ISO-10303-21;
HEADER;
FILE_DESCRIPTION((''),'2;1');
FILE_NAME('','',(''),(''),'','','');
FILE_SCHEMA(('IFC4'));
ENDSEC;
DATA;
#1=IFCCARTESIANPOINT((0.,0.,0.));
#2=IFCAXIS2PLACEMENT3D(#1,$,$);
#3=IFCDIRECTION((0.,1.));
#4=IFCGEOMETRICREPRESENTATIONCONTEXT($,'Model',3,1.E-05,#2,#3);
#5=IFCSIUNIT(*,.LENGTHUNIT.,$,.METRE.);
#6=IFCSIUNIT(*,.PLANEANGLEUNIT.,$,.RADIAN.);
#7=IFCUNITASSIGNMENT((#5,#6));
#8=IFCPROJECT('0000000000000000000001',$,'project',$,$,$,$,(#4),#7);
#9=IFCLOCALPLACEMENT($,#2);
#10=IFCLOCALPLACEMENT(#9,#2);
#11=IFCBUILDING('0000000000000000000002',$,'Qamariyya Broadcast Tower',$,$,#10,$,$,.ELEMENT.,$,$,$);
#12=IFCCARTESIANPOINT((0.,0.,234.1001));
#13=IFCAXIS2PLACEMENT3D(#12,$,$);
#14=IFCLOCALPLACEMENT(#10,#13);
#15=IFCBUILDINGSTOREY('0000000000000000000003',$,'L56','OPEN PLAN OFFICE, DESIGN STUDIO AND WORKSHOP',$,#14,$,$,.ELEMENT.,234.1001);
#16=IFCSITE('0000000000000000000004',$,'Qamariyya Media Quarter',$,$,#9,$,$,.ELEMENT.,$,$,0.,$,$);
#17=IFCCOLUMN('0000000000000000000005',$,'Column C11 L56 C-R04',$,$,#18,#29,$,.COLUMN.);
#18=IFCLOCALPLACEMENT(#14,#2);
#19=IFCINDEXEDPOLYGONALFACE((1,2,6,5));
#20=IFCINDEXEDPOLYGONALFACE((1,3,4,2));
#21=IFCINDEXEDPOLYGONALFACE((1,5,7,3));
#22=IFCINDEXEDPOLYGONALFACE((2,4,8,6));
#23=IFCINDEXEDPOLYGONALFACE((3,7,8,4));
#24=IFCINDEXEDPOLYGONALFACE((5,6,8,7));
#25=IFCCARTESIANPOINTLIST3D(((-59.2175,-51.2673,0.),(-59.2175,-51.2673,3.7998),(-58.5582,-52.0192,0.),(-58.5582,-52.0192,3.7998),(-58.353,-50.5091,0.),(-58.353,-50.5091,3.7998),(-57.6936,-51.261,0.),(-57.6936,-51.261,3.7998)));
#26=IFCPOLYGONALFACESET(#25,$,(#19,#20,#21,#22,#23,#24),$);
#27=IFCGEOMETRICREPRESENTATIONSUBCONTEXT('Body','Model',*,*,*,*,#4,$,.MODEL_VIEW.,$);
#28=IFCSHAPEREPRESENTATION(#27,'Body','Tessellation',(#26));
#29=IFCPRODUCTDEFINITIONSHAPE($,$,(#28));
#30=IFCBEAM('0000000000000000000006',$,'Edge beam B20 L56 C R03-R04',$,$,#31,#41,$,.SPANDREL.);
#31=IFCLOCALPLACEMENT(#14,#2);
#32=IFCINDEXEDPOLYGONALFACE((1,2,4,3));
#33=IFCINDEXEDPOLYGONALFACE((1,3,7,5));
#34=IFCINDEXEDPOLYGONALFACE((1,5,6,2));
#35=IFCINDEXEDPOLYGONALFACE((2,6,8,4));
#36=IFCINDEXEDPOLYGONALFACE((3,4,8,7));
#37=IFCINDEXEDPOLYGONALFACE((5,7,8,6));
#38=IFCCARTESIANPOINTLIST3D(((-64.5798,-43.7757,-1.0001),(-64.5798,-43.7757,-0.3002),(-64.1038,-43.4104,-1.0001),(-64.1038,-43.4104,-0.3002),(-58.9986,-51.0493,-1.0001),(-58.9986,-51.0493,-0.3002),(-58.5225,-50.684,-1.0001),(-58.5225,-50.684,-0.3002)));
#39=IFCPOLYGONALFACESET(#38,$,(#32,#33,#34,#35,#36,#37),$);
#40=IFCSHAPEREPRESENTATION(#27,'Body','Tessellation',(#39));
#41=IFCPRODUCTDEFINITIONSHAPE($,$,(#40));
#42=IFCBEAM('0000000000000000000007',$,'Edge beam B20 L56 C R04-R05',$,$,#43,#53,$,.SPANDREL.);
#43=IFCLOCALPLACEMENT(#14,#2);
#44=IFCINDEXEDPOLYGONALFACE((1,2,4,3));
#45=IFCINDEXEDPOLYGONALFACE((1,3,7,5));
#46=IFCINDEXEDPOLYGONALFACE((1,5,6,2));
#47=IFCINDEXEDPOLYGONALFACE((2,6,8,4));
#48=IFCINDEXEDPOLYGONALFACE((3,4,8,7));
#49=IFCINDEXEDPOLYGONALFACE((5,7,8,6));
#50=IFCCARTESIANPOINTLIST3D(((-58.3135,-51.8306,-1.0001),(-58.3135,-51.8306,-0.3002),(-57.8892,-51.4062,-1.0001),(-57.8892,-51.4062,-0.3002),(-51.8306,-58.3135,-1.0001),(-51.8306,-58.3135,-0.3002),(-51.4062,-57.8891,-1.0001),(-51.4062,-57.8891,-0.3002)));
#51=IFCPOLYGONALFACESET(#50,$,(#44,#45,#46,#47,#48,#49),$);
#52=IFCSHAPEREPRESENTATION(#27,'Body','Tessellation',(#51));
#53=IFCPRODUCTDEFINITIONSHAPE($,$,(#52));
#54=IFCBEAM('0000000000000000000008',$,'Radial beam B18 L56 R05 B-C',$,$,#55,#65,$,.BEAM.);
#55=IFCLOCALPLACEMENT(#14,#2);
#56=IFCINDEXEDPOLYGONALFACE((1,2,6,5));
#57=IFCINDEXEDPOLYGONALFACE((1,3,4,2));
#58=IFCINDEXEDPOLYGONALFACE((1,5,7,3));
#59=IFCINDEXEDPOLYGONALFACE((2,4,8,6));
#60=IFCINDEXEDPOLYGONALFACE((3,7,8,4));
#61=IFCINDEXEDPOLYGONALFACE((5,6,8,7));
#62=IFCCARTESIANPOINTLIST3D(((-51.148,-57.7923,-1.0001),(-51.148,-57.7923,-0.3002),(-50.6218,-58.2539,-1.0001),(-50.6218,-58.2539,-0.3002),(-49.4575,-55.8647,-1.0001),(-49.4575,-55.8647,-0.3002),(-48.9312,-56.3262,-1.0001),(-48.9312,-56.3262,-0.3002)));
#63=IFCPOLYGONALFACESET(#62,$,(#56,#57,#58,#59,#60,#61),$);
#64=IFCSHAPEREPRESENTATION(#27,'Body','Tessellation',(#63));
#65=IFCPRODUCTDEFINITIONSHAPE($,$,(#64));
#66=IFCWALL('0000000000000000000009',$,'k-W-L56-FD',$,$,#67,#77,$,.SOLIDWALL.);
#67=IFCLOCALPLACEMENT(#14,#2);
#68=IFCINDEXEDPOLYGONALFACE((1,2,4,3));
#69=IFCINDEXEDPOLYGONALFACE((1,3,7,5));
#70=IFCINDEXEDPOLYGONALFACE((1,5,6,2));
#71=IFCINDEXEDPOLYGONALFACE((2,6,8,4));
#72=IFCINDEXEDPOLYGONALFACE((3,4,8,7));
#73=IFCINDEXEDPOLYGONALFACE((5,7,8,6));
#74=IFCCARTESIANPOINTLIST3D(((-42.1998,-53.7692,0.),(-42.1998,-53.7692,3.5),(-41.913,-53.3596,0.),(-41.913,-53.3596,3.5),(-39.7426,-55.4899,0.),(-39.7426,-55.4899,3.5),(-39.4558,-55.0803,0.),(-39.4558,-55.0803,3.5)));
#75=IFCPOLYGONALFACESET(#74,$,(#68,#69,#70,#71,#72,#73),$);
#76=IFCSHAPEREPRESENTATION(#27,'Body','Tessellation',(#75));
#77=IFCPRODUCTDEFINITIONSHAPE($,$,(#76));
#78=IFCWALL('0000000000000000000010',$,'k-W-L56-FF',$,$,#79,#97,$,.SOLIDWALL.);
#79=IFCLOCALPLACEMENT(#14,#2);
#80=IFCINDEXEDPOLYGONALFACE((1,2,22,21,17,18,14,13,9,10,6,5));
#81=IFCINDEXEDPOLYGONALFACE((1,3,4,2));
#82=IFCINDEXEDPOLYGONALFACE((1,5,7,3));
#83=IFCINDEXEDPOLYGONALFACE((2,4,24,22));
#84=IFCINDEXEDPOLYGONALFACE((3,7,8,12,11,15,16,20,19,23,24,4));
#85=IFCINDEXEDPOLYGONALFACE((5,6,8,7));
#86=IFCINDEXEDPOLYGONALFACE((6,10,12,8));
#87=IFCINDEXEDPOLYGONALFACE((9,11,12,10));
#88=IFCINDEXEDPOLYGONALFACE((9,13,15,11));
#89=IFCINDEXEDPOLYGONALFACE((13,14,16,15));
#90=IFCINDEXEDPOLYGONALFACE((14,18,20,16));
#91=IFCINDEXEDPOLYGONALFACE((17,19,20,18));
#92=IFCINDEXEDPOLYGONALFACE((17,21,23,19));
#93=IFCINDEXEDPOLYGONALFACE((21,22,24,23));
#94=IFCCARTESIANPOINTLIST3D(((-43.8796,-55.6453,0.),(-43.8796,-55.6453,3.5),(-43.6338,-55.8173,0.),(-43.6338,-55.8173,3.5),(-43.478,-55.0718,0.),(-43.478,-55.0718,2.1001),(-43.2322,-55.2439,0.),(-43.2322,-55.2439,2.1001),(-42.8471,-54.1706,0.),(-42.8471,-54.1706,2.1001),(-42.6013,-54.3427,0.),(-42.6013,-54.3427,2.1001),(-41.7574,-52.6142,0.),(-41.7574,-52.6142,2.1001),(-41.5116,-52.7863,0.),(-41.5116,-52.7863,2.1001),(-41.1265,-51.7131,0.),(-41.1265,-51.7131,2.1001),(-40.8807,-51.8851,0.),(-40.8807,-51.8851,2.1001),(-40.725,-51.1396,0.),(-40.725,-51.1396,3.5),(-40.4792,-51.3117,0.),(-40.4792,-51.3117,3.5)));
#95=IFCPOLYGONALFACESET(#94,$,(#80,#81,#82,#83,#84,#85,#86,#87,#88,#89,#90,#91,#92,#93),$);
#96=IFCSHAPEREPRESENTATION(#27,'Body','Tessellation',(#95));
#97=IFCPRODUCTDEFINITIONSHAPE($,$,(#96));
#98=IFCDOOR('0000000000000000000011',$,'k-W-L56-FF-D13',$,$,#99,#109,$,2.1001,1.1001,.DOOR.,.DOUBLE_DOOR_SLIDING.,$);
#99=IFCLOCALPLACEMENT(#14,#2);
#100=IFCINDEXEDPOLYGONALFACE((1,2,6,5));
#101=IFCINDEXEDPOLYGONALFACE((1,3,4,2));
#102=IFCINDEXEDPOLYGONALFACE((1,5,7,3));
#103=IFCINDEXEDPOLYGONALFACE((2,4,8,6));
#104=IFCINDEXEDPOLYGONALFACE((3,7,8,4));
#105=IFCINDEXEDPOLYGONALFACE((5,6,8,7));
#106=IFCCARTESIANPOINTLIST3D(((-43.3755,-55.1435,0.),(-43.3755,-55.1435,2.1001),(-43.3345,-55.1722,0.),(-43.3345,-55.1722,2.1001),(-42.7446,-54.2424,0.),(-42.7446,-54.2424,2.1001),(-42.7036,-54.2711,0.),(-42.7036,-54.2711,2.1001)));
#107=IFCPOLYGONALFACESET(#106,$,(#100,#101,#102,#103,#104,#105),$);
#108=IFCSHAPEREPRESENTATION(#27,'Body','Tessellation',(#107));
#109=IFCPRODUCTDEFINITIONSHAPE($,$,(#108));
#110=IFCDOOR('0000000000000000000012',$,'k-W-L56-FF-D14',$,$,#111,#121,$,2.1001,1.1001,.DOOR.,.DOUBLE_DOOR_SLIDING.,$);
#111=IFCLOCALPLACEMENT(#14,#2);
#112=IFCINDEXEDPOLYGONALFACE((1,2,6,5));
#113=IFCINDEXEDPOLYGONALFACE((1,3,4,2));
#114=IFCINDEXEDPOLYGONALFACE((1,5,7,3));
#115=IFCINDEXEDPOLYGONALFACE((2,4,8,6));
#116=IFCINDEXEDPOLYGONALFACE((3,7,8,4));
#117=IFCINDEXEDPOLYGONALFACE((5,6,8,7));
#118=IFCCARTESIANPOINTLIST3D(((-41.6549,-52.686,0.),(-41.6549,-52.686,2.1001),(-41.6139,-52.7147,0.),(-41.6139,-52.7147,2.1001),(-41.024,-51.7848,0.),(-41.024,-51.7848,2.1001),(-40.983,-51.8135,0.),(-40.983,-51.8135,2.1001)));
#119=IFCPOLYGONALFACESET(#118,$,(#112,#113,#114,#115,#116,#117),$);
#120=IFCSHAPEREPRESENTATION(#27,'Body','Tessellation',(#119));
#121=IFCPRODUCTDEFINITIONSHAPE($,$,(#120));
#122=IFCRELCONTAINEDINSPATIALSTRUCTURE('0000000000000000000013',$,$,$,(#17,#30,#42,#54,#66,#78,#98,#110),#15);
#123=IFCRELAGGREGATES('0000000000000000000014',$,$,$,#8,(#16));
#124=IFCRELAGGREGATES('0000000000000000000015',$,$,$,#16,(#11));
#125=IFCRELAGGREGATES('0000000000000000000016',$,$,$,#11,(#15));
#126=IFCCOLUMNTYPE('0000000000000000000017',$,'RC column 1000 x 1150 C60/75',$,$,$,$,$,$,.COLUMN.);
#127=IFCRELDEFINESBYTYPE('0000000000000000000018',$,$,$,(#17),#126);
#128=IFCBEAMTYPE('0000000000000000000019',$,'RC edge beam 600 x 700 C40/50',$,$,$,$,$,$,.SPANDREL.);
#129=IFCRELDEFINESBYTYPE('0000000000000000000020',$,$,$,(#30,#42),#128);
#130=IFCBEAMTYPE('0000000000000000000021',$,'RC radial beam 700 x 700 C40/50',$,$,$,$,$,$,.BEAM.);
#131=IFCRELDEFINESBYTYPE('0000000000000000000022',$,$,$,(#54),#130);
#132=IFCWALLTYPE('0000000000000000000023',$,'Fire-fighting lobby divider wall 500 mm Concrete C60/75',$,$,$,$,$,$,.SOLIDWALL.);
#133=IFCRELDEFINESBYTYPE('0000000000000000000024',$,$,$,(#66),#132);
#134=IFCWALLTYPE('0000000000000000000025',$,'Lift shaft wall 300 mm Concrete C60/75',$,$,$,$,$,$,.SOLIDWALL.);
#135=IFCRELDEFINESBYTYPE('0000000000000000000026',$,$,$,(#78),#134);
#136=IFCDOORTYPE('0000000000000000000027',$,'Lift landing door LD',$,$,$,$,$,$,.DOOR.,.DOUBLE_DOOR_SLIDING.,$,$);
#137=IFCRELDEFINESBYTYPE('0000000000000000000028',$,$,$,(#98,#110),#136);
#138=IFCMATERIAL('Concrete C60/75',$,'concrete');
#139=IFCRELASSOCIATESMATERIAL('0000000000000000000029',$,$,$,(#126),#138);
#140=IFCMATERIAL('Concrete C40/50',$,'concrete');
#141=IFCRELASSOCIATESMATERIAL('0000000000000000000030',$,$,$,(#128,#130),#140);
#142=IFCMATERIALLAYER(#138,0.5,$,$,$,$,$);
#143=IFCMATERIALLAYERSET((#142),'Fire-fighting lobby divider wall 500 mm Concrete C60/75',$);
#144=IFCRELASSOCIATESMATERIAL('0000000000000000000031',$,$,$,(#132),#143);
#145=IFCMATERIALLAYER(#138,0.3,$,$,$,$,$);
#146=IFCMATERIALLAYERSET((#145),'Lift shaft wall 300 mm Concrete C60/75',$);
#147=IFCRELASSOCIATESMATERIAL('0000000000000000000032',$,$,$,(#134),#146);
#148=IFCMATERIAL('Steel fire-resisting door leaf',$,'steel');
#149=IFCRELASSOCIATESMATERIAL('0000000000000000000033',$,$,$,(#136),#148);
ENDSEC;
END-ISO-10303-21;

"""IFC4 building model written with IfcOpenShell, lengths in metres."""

from ifc_helpers import new_model, si_unit, direction, frame, frame_2d, origin, origin_2d, place, context, subcontext, project, spatial, rectangle, extrude, material, layer, layer_set, material_profile, profile_set, type_object, element, fill, save


model = new_model("IFC4")

# Units and contexts
model_context = context("Model", 3, precision=1e-05, world=origin(), true_north=direction((0.0, 1.0)))
body_context = subcontext(model_context, "Body", "Model", "MODEL_VIEW")
ifc_project = project(units=[si_unit("LENGTHUNIT", "METRE"), si_unit("PLANEANGLEUNIT", "RADIAN")], contexts=[model_context])

# Site, building, storey
site_placement = place(None, origin())
site = spatial("IfcSite", under=ifc_project, at=site_placement, Name="Qamariyya Media Quarter", CompositionType="ELEMENT", RefElevation=0.0)
building_placement = place(site_placement, origin())
building = spatial("IfcBuilding", under=site, at=building_placement, Name="Qamariyya Broadcast Tower", CompositionType="ELEMENT")
storey_placement = place(building_placement, frame((0.0, 0.0, 234.1001)))
storey = spatial("IfcBuildingStorey", under=building, at=storey_placement, Name="L56", Description="OPEN PLAN OFFICE, DESIGN STUDIO AND WORKSHOP", CompositionType="ELEMENT", Elevation=234.1001)

# Column
ifc_material_1 = material(Name="Concrete C60/75", Category="concrete")
ifc_material_profile_1 = material_profile(ifc_material_1, rectangle(XDim=1.0, YDim=1.1499, at=origin_2d()))
ifc_profile_set_1 = profile_set([ifc_material_profile_1], Name="Concrete C60/75")
column_type = type_object("IfcColumnType", Name="RC column 1000 x 1150 C60/75", PredefinedType="COLUMN", material=ifc_profile_set_1)
column_placement = place(storey_placement, frame((-58.4556, -51.2642, 0.0), z_axis=(0.0, 0.0, 1.0), x_axis=(0.659346, -0.75184, 0.0)))
element("IfcColumn", 1, at=column_placement, inside=storey, type_object=column_type, Name="Column C11 L56 C-R04", PredefinedType="COLUMN", context=body_context, shape_type="SweptSolid", body=[
    extrude(rectangle(XDim=1.0, YDim=1.1499, at=origin_2d()), origin(), (0.0, 0.0, 1.0), 3.7998),
])

# Beams
ifc_material_2 = material(Name="Concrete C40/50", Category="concrete")
ifc_material_profile_2 = material_profile(ifc_material_2, rectangle(XDim=0.6001, YDim=0.7, at=origin_2d()))
ifc_profile_set_2 = profile_set([ifc_material_profile_2], Name="Concrete C40/50")
beam_type_1 = type_object("IfcBeamType", Name="RC edge beam 600 x 700 C40/50", PredefinedType="SPANDREL", material=ifc_profile_set_2)
for number, where, z_axis, x_axis, name in (
    (2, (-64.3418, -43.593, -0.6501), (0.608762, -0.793353, 0.0), (0.793353, 0.608762, 0.0), "Edge beam B20 L56 C R03-R04"),
    (3, (-58.1013, -51.6184, -0.6501), (0.707107, -0.707107, 0.0), (0.707107, 0.707107, 0.0), "Edge beam B20 L56 C R04-R05"),
):
    element("IfcBeam", number, at=place(storey_placement, frame(where, z_axis=z_axis, x_axis=x_axis)), inside=storey, type_object=beam_type_1, Name=name, PredefinedType="SPANDREL", context=body_context, shape_type="SweptSolid", body=[
        extrude(rectangle(XDim=0.6001, YDim=0.7, at=origin_2d()), origin(), (0.0, 0.0, 1.0), 9.1682),
    ])
ifc_material_profile_3 = material_profile(ifc_material_2, rectangle(XDim=0.7, YDim=0.7, at=origin_2d()))
ifc_profile_set_3 = profile_set([ifc_material_profile_3], Name="Concrete C40/50")
beam_type_2 = type_object("IfcBeamType", Name="RC radial beam 700 x 700 C40/50", PredefinedType="BEAM", material=ifc_profile_set_3)
beam_placement = place(storey_placement, frame((-49.1943, -56.0955, -0.6501), z_axis=(-0.659367, -0.751821, 0.0), x_axis=(0.751821, -0.659367, 0.0)))
element("IfcBeam", 4, at=beam_placement, inside=storey, type_object=beam_type_2, Name="Radial beam B18 L56 R05 B-C", PredefinedType="BEAM", context=body_context, shape_type="SweptSolid", body=[
    extrude(rectangle(XDim=0.7, YDim=0.7, at=origin_2d()), origin(), (0.0, 0.0, 1.0), 2.564),
])

# Wall
ifc_layer_1 = layer(ifc_material_1, 0.5)
ifc_layer_set_1 = layer_set([ifc_layer_1], Name="Fire-fighting lobby divider wall 500 mm Concrete C60/75")
wall_type_1 = type_object("IfcWallType", Name="Fire-fighting lobby divider wall 500 mm Concrete C60/75", PredefinedType="SOLIDWALL", material=ifc_layer_set_1)
wall_1_placement = place(storey_placement, frame((-39.5991, -55.2852, 0.0), z_axis=(0.0, 0.0, 1.0), x_axis=(-0.819136, 0.573599, 0.0)))
element("IfcWall", 5, at=wall_1_placement, inside=storey, type_object=wall_type_1, Name="k-W-L56-FD", PredefinedType="SOLIDWALL", context=body_context, shape_type="SweptSolid", body=[
    extrude(rectangle(XDim=2.9998, YDim=0.5, at=frame_2d((1.5, 0.0))), origin(), (0.0, 0.0, 1.0), 3.5),
])

# Wall, openings, doors
ifc_layer_2 = layer(ifc_material_1, 0.3)
ifc_layer_set_2 = layer_set([ifc_layer_2], Name="Lift shaft wall 300 mm Concrete C60/75")
wall_type_2 = type_object("IfcWallType", Name="Lift shaft wall 300 mm Concrete C60/75", PredefinedType="SOLIDWALL", material=ifc_layer_set_2)
wall_2_placement = place(storey_placement, frame((-43.7566, -55.7312, 0.0), z_axis=(0.0, 0.0, 1.0), x_axis=(0.573537, 0.81918, 0.0)))
wall_2 = element("IfcWall", 6, at=wall_2_placement, inside=storey, type_object=wall_type_2, Name="k-W-L56-FF", PredefinedType="SOLIDWALL", context=body_context, shape_type="SweptSolid", body=[
    extrude(rectangle(XDim=5.5002, YDim=0.3, at=frame_2d((2.75, 0.0))), origin(), (0.0, 0.0, 1.0), 3.5),
])
opening_1_placement = place(wall_2_placement, frame((0.7, 0.0, 0.0)))
opening_1 = element("IfcOpeningElement", 7, at=opening_1_placement, cuts=wall_2, PredefinedType="OPENING", context=body_context, shape_type="SweptSolid", body=[
    extrude(rectangle(XDim=1.1001, YDim=2.1001, at=frame_2d((0.55, 1.05))), frame((0.0, 0.1599, 0.0), z_axis=(0.0, -1.0, 0.0), x_axis=(1.0, 0.0, 0.0)), (0.0, 0.0, 1.0), 0.3201),
])
opening_2_placement = place(wall_2_placement, frame((3.7, 0.0, 0.0)))
opening_2 = element("IfcOpeningElement", 8, at=opening_2_placement, cuts=wall_2, PredefinedType="OPENING", context=body_context, shape_type="SweptSolid", body=[
    extrude(rectangle(XDim=1.1001, YDim=2.1001, at=frame_2d((0.55, 1.05))), frame((0.0, 0.1599, 0.0), z_axis=(0.0, -1.0, 0.0), x_axis=(1.0, 0.0, 0.0)), (0.0, 0.0, 1.0), 0.3201),
])
ifc_material_3 = material(Name="Steel fire-resisting door leaf", Category="steel")
door_type = type_object("IfcDoorType", Name="Lift landing door LD", OperationType="DOUBLE_DOOR_SLIDING", PredefinedType="DOOR", material=ifc_material_3)
door_1_placement = place(opening_1_placement, origin())
door_1 = element("IfcDoor", 9, at=door_1_placement, inside=storey, type_object=door_type, Name="k-W-L56-FF-D13", OperationType="DOUBLE_DOOR_SLIDING", OverallHeight=2.1001, OverallWidth=1.1001, PredefinedType="DOOR", context=body_context, shape_type="SweptSolid", body=[
    extrude(rectangle(XDim=1.1001, YDim=2.1001, at=frame_2d((0.55, 1.05))), frame((0.0, 0.0249, 0.0), z_axis=(0.0, -1.0, 0.0), x_axis=(1.0, 0.0, 0.0)), (0.0, 0.0, 1.0), 0.05),
])
fill(opening_1, door_1)
door_2_placement = place(opening_2_placement, origin())
door_2 = element("IfcDoor", 10, at=door_2_placement, inside=storey, type_object=door_type, Name="k-W-L56-FF-D14", OperationType="DOUBLE_DOOR_SLIDING", OverallHeight=2.1001, OverallWidth=1.1001, PredefinedType="DOOR", context=body_context, shape_type="SweptSolid", body=[
    extrude(rectangle(XDim=1.1001, YDim=2.1001, at=frame_2d((0.55, 1.05))), frame((0.0, 0.0249, 0.0), z_axis=(0.0, -1.0, 0.0), x_axis=(1.0, 0.0, 0.0)), (0.0, 0.0, 1.0), 0.05),
])
fill(opening_2, door_2)

save(model, "model.ifc")
